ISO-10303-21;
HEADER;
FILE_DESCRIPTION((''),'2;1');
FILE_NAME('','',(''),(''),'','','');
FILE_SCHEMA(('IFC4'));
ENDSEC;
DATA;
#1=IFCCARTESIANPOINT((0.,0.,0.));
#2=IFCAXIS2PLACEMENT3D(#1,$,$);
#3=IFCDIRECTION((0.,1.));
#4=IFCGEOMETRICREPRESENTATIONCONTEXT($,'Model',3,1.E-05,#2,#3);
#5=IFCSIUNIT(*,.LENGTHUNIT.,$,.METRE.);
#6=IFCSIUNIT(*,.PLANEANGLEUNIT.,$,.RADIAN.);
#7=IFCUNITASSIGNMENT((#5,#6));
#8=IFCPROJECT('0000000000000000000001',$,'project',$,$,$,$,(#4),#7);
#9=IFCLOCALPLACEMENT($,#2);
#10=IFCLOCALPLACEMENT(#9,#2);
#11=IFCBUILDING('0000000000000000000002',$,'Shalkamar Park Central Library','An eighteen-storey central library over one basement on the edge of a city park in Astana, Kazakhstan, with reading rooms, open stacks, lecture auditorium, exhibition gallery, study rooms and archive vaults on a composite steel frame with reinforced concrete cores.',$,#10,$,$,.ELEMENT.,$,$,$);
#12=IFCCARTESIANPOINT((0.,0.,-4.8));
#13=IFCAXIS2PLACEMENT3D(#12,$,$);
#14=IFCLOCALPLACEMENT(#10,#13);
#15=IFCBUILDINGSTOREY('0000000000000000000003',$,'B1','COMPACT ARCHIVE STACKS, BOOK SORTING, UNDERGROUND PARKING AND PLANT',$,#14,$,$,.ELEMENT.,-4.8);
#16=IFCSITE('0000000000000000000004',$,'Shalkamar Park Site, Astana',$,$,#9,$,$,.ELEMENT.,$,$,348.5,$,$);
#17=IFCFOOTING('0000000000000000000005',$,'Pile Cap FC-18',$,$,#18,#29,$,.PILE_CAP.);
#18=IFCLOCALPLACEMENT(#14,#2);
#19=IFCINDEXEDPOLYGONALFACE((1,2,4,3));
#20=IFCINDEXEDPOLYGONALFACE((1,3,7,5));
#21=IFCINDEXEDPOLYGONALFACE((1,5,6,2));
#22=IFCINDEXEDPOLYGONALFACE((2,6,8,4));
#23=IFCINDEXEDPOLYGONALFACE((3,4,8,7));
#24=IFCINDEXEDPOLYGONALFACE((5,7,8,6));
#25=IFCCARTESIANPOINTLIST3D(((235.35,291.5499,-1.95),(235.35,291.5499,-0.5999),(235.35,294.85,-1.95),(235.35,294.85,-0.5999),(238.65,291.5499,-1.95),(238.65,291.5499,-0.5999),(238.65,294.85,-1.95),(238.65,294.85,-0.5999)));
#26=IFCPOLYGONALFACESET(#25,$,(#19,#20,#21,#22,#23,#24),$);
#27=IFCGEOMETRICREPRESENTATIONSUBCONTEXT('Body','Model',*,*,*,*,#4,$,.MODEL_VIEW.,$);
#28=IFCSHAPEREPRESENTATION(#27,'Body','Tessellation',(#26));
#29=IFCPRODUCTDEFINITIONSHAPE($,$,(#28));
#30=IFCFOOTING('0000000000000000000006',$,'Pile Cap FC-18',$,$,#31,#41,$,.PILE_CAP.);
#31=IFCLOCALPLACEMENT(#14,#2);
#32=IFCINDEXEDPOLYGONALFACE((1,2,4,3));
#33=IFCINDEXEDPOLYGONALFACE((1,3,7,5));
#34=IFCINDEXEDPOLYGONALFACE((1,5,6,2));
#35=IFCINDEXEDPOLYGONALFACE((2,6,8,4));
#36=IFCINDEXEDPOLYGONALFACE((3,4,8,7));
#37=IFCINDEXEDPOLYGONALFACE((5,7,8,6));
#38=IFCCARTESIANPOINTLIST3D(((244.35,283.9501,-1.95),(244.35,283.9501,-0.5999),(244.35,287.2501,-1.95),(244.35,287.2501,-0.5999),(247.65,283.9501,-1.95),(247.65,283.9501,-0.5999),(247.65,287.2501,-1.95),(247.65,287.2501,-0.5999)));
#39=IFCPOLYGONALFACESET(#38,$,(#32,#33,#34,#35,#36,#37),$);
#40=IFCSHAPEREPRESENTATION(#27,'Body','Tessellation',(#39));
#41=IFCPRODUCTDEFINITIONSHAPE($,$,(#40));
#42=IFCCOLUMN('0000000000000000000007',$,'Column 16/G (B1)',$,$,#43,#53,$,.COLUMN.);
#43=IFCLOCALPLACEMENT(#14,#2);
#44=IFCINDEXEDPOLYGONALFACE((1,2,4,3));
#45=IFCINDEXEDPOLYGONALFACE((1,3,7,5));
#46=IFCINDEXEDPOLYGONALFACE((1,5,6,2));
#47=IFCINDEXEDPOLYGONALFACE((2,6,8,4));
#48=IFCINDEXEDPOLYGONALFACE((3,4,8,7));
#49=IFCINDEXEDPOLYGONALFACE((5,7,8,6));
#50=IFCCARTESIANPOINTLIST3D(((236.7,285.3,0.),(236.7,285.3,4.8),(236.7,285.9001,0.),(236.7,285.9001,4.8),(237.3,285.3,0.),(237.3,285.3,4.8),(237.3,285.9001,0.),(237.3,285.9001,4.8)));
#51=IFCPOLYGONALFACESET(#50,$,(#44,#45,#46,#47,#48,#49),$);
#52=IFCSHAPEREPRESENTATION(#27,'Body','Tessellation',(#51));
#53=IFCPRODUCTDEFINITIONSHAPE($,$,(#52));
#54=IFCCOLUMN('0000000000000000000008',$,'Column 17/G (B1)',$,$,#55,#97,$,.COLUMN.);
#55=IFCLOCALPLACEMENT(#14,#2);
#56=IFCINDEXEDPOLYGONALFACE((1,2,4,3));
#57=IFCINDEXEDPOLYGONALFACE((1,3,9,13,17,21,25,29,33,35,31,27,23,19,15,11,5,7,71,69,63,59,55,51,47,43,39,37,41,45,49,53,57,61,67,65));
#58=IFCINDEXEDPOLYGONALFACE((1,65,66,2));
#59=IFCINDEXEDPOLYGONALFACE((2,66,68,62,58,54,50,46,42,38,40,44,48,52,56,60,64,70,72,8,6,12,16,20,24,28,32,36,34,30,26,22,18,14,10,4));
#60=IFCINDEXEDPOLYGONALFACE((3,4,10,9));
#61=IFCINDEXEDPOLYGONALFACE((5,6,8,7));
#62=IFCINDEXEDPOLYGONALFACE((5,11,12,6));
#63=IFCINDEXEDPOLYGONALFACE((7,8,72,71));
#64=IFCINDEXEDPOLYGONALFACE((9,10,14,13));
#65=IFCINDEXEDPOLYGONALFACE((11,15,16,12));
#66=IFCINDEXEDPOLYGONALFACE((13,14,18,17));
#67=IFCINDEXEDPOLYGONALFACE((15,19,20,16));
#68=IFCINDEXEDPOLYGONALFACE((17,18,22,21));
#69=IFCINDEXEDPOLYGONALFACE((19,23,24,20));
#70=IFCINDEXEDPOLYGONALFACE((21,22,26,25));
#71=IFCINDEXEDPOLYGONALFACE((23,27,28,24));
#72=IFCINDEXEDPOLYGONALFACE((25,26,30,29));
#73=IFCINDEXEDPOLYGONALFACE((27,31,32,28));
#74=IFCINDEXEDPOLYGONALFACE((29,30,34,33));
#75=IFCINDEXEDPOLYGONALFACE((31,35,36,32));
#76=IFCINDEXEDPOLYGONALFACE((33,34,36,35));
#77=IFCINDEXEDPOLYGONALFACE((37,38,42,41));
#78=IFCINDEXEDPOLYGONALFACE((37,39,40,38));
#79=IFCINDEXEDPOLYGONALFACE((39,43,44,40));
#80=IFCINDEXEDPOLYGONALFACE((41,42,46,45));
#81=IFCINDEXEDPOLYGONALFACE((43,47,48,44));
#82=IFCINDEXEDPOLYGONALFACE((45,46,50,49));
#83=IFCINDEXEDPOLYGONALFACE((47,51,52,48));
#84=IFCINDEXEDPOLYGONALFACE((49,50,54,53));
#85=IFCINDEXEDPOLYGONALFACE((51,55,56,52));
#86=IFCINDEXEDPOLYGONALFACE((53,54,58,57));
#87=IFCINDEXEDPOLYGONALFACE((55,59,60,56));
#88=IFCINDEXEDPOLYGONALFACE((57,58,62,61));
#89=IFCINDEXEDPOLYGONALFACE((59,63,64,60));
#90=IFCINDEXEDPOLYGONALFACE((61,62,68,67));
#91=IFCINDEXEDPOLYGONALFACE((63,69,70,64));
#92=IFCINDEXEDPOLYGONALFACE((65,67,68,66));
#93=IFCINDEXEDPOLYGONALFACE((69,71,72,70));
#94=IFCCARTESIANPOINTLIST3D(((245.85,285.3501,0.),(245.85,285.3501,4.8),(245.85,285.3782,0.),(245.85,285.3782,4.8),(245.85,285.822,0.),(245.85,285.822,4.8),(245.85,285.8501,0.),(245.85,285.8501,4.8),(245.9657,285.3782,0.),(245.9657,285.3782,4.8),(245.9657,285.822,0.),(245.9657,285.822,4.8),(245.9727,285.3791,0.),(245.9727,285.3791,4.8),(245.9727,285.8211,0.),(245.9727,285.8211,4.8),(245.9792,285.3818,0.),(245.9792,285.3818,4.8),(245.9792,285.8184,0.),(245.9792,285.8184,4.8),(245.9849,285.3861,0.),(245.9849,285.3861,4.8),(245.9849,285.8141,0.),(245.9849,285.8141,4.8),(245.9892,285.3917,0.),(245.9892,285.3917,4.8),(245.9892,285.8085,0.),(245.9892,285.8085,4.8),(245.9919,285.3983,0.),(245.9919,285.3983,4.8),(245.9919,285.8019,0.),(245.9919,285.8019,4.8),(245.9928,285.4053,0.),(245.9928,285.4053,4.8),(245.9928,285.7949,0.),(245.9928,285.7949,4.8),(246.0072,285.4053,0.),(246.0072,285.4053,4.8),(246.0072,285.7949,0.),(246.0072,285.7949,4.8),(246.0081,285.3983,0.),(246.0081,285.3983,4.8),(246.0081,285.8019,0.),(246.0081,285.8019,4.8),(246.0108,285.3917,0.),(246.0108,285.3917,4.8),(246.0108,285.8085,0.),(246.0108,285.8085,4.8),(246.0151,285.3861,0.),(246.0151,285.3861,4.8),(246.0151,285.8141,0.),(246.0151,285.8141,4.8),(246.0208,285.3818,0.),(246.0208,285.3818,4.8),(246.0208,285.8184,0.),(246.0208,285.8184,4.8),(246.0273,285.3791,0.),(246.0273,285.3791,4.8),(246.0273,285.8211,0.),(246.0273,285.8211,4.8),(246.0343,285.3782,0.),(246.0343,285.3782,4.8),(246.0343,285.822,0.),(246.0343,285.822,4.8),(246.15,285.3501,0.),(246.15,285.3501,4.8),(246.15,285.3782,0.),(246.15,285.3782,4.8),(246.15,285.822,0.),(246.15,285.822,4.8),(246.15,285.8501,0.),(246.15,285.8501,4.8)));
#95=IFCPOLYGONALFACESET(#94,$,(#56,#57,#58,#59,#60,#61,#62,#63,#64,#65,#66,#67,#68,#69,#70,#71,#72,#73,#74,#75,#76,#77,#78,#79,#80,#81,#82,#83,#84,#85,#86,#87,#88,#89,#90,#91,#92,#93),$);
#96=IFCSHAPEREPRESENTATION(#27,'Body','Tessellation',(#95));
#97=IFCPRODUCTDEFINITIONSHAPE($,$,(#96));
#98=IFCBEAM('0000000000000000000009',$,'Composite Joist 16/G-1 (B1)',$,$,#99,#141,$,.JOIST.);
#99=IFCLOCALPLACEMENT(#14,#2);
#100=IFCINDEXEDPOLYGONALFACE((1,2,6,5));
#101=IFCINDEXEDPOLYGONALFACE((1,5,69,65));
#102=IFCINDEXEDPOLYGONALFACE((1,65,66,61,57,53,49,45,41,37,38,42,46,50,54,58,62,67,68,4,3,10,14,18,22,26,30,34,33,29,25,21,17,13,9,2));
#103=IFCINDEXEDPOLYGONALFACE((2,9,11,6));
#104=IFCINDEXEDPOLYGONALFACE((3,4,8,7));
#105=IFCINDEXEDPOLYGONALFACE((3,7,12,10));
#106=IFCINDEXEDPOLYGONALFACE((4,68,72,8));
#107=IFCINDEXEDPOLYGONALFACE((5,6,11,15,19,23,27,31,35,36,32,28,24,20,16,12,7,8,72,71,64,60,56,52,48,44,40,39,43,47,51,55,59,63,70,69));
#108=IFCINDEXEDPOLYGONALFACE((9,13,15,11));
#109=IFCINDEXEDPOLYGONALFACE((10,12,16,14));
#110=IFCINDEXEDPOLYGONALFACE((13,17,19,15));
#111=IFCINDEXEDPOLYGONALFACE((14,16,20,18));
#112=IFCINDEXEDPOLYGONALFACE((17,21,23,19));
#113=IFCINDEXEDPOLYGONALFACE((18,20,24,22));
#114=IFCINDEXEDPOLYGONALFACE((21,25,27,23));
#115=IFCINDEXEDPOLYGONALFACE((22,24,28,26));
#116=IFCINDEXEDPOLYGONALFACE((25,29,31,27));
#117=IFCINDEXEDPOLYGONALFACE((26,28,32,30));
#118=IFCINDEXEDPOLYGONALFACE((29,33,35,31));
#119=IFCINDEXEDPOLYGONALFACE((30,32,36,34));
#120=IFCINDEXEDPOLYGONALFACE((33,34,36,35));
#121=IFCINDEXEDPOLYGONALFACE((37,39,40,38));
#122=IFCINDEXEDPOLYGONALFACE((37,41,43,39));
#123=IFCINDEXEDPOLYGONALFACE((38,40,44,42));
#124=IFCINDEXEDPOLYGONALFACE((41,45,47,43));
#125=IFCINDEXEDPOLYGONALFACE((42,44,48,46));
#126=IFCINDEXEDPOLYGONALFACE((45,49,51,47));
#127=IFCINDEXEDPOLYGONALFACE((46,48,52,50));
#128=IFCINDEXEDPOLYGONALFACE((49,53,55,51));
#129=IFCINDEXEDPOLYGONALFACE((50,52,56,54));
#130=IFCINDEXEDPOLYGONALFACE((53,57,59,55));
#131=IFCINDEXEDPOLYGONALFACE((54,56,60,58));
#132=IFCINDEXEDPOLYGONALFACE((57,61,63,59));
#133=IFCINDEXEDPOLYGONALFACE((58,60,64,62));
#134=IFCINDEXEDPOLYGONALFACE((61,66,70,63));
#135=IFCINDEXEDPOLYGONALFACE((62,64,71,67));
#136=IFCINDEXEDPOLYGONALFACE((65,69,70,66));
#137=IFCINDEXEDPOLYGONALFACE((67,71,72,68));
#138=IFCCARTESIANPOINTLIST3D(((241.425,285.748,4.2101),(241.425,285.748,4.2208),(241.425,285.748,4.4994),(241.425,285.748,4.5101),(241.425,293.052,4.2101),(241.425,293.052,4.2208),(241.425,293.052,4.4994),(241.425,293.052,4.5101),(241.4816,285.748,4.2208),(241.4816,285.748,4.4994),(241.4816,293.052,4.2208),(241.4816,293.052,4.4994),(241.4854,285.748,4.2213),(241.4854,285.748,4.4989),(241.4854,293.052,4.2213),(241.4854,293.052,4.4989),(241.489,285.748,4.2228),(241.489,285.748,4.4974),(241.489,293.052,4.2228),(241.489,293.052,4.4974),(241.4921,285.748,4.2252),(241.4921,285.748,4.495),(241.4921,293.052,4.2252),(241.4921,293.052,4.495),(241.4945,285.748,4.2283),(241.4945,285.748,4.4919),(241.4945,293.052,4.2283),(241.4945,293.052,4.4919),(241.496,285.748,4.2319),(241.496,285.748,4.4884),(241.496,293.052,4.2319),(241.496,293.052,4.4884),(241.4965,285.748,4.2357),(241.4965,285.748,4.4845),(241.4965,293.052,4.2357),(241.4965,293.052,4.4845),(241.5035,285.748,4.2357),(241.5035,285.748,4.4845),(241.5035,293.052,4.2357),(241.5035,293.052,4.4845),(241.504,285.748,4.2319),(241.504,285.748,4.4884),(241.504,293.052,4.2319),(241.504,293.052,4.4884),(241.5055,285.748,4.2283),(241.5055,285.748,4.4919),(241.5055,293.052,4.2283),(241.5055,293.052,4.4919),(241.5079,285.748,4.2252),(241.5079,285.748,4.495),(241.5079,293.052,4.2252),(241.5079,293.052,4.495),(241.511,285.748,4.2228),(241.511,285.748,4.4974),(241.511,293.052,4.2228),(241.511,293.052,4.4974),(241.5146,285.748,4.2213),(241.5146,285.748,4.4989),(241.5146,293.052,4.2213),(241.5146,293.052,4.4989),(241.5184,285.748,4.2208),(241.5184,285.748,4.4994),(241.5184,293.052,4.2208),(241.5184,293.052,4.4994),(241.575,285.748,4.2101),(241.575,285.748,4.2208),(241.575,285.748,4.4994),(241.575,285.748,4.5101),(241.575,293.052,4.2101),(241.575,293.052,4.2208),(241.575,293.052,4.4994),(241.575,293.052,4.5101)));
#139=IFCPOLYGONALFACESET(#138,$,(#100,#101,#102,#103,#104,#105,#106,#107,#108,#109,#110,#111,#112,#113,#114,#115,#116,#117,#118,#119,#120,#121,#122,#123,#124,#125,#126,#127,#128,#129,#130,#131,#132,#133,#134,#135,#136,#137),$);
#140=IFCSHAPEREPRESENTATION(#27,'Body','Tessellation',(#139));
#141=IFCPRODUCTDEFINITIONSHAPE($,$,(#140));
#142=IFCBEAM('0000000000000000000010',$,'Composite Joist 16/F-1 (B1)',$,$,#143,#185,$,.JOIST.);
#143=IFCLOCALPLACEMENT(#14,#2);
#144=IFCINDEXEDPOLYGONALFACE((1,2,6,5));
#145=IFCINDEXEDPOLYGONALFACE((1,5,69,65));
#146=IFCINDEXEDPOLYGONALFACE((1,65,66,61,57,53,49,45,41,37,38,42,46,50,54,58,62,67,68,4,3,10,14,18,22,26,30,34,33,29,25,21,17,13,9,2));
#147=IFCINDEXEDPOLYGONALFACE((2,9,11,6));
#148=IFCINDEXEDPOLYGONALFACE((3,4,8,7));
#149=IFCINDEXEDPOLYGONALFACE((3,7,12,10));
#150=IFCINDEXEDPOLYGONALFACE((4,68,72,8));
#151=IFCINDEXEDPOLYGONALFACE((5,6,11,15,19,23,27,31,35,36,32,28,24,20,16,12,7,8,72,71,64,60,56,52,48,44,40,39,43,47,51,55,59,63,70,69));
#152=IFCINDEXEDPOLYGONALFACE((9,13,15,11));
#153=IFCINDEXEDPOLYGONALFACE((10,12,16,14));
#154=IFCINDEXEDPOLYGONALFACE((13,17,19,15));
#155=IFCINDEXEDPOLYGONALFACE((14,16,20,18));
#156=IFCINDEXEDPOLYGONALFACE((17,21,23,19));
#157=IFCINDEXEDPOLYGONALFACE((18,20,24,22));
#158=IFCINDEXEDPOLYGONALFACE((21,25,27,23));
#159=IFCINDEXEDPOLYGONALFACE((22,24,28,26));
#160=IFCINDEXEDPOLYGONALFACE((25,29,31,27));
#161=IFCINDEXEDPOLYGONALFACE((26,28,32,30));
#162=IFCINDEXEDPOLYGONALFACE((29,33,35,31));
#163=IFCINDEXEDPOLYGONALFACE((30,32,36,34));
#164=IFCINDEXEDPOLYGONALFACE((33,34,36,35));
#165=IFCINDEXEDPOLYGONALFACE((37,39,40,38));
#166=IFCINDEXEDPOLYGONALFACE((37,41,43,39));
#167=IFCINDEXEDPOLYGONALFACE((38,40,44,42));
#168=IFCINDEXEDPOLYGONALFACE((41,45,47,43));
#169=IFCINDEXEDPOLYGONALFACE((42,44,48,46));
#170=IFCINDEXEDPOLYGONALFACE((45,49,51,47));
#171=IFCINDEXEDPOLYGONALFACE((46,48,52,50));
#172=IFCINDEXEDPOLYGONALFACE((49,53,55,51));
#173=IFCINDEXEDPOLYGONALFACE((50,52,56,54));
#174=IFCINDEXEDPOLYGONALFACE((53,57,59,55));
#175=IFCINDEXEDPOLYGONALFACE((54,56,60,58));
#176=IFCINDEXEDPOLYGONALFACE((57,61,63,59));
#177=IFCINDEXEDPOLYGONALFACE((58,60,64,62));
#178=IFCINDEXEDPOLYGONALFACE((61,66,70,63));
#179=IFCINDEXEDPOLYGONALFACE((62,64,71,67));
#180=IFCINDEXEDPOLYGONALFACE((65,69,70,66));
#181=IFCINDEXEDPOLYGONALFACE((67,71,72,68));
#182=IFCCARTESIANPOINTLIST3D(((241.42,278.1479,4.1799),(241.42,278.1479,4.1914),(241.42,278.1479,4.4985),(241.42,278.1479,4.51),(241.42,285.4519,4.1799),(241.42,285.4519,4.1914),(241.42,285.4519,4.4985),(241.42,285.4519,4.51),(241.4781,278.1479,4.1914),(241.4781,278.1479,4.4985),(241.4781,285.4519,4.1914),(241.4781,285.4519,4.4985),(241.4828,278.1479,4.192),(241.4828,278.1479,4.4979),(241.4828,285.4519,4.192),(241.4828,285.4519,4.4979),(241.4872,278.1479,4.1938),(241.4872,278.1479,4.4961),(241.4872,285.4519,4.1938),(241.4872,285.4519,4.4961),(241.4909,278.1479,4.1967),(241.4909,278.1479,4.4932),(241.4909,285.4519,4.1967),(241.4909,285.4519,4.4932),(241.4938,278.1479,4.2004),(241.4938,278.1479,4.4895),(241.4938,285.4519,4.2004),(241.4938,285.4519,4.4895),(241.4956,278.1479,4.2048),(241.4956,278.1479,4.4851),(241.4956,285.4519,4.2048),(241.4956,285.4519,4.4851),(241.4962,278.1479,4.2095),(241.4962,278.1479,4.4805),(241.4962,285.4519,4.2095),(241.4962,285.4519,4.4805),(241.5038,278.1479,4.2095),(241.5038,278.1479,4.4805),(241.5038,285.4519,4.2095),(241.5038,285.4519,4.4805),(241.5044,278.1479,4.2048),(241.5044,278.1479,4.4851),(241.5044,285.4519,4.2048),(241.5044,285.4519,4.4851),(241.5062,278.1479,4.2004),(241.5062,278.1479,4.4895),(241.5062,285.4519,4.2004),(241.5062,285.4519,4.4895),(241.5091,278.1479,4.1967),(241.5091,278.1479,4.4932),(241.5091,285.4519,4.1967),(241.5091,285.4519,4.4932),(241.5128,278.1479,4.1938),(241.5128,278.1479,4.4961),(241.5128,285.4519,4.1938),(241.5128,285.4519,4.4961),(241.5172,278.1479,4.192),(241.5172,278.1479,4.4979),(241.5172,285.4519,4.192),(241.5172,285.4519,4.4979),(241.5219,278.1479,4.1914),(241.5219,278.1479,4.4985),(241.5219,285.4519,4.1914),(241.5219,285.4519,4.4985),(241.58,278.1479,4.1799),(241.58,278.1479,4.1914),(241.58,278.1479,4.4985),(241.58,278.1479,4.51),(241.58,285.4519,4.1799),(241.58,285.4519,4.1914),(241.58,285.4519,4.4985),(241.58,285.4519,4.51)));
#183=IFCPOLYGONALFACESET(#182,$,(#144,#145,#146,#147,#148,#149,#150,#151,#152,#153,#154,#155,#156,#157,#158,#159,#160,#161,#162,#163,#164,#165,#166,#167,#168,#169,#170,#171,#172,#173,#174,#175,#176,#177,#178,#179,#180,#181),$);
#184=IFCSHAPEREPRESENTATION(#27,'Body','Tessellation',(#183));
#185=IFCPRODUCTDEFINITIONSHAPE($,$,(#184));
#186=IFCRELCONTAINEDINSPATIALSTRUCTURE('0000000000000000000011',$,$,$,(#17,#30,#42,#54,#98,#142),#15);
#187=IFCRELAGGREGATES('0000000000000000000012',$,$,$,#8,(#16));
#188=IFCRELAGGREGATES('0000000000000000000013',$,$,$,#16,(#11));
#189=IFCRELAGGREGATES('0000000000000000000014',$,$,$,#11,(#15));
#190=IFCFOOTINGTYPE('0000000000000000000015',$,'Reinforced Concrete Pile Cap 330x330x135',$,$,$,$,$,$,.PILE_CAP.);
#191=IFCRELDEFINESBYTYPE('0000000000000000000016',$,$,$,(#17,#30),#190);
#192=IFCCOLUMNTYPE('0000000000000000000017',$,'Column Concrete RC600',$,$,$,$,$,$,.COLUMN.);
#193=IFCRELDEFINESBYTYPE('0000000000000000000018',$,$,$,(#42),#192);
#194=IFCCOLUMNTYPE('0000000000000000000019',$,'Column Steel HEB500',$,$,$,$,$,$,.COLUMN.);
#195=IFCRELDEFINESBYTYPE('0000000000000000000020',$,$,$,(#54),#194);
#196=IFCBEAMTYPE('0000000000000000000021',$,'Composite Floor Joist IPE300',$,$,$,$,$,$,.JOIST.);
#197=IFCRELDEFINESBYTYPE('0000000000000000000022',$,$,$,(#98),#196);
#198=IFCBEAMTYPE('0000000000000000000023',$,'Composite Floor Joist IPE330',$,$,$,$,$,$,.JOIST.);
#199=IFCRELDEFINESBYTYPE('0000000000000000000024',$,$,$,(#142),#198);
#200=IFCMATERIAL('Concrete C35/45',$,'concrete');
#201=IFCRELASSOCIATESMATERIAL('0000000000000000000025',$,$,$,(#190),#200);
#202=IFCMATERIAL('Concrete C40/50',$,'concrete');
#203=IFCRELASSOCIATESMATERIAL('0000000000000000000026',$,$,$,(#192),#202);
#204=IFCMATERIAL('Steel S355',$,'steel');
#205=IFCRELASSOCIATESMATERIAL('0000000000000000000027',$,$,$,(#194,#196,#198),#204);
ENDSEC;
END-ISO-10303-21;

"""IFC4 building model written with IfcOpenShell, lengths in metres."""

from ifc_helpers import new_model, si_unit, direction, frame, origin, origin_2d, place, context, subcontext, project, spatial, rectangle, i_section, extrude, material, material_profile, profile_set, type_object, element, save


model = new_model("IFC4")

# Units and contexts
model_context = context("Model", 3, precision=1e-05, world=origin(), true_north=direction((0.0, 1.0)))
body_context = subcontext(model_context, "Body", "Model", "MODEL_VIEW")
ifc_project = project(units=[si_unit("LENGTHUNIT", "METRE"), si_unit("PLANEANGLEUNIT", "RADIAN")], contexts=[model_context])

# Site, building, storey
site_placement = place(None, origin())
site = spatial("IfcSite", under=ifc_project, at=site_placement, Name="Shalkamar Park Site, Astana", CompositionType="ELEMENT", RefElevation=348.5)
building_placement = place(site_placement, origin())
building = spatial("IfcBuilding", under=site, at=building_placement, Name="Shalkamar Park Central Library", Description="An eighteen-storey central library over one basement on the edge of a city park in Astana, Kazakhstan, with reading rooms, open stacks, lecture auditorium, exhibition gallery, study rooms and archive vaults on a composite steel frame with reinforced concrete cores.", CompositionType="ELEMENT")
storey_placement = place(building_placement, frame((0.0, 0.0, -4.8)))
storey = spatial("IfcBuildingStorey", under=building, at=storey_placement, Name="B1", Description="COMPACT ARCHIVE STACKS, BOOK SORTING, UNDERGROUND PARKING AND PLANT", CompositionType="ELEMENT", Elevation=-4.8)

# Shared definitions
ifc_material_1 = material(Name="Concrete C35/45", Category="concrete")

# Footings
footing_type_1 = type_object("IfcFootingType", Name="Reinforced Concrete Pile Cap 330x330x135", PredefinedType="PILE_CAP", material=ifc_material_1)
for number, where, z_axis, x_axis, name in (
    (1, (237.0, 293.2, -1.95), (0.0, 0.0, 1.0), (1.0, 0.0, 0.0), "Pile Cap FC-18"),
    (2, (246.0, 285.6001, -1.95), (0.0, 0.0, 1.0), (1.0, 0.0, 0.0), "Pile Cap FC-18"),
):
    element("IfcFooting", number, at=place(storey_placement, frame(where, z_axis=z_axis, x_axis=x_axis)), inside=storey, type_object=footing_type_1, Name=name, PredefinedType="PILE_CAP", context=body_context, shape_type="SweptSolid", body=[
        extrude(rectangle(XDim=3.3, YDim=3.3, at=origin_2d()), origin(), (0.0, 0.0, 1.0), 1.3501),
    ])

# Columns
ifc_material_2 = material(Name="Concrete C40/50", Category="concrete")
ifc_material_profile_1 = material_profile(ifc_material_2, rectangle(XDim=0.6001, YDim=0.6001, at=origin_2d()), Name="RC 600x600")
ifc_profile_set_1 = profile_set([ifc_material_profile_1], Name="Concrete C40/50")
column_type_1 = type_object("IfcColumnType", Name="Column Concrete RC600", PredefinedType="COLUMN", material=ifc_profile_set_1)
column_1_placement = place(storey_placement, frame((237.0, 285.6001, 0.0), z_axis=(0.0, 0.0, 1.0), x_axis=(1.0, 0.0, 0.0)))
element("IfcColumn", 3, at=column_1_placement, inside=storey, type_object=column_type_1, Name="Column 16/G (B1)", PredefinedType="COLUMN", context=body_context, shape_type="SweptSolid", body=[
    extrude(rectangle(XDim=0.6001, YDim=0.6001, at=origin_2d()), origin(), (0.0, 0.0, 1.0), 4.8),
])
ifc_material_3 = material(Name="Steel S355", Category="steel")
ifc_material_profile_2 = material_profile(ifc_material_3, i_section(OverallWidth=0.3, OverallDepth=0.5, WebThickness=0.0144, FlangeThickness=0.0281, FilletRadius=0.0271, at=origin_2d()), Name="HEB 500")
ifc_profile_set_2 = profile_set([ifc_material_profile_2], Name="Steel S355")
column_type_2 = type_object("IfcColumnType", Name="Column Steel HEB500", PredefinedType="COLUMN", material=ifc_profile_set_2)
column_2_placement = place(storey_placement, frame((246.0, 285.6001, 0.0), z_axis=(0.0, 0.0, 1.0), x_axis=(1.0, 0.0, 0.0)))
element("IfcColumn", 4, at=column_2_placement, inside=storey, type_object=column_type_2, Name="Column 17/G (B1)", PredefinedType="COLUMN", context=body_context, shape_type="SweptSolid", body=[
    extrude(i_section(OverallWidth=0.3, OverallDepth=0.5, WebThickness=0.0144, FlangeThickness=0.0281, FilletRadius=0.0271, at=origin_2d()), origin(), (0.0, 0.0, 1.0), 4.8),
])

# Beams
ifc_material_profile_3 = material_profile(ifc_material_3, i_section(OverallWidth=0.1499, OverallDepth=0.3, WebThickness=0.0071, FlangeThickness=0.0107, FilletRadius=0.0149, at=origin_2d()), Name="IPE 300")
ifc_profile_set_3 = profile_set([ifc_material_profile_3], Name="Steel S355")
beam_type_1 = type_object("IfcBeamType", Name="Composite Floor Joist IPE300", PredefinedType="JOIST", material=ifc_profile_set_3)
beam_1_placement = place(storey_placement, frame((241.5, 285.748, 4.3601), z_axis=(0.0, 1.0, 0.0), x_axis=(-1.0, 0.0, 0.0)))
element("IfcBeam", 5, at=beam_1_placement, inside=storey, type_object=beam_type_1, Name="Composite Joist 16/G-1 (B1)", PredefinedType="JOIST", context=body_context, shape_type="SweptSolid", body=[
    extrude(i_section(OverallWidth=0.1499, OverallDepth=0.3, WebThickness=0.0071, FlangeThickness=0.0107, FilletRadius=0.0149, at=origin_2d()), origin(), (0.0, 0.0, 1.0), 7.304),
])
ifc_material_profile_4 = material_profile(ifc_material_3, i_section(OverallWidth=0.1599, OverallDepth=0.3301, WebThickness=0.0076, FlangeThickness=0.0115, FilletRadius=0.0181, at=origin_2d()), Name="IPE 330")
ifc_profile_set_4 = profile_set([ifc_material_profile_4], Name="Steel S355")
beam_type_2 = type_object("IfcBeamType", Name="Composite Floor Joist IPE330", PredefinedType="JOIST", material=ifc_profile_set_4)
beam_2_placement = place(storey_placement, frame((241.5, 278.1479, 4.345), z_axis=(0.0, 1.0, 0.0), x_axis=(-1.0, 0.0, 0.0)))
element("IfcBeam", 6, at=beam_2_placement, inside=storey, type_object=beam_type_2, Name="Composite Joist 16/F-1 (B1)", PredefinedType="JOIST", context=body_context, shape_type="SweptSolid", body=[
    extrude(i_section(OverallWidth=0.1599, OverallDepth=0.3301, WebThickness=0.0076, FlangeThickness=0.0115, FilletRadius=0.0181, at=origin_2d()), origin(), (0.0, 0.0, 1.0), 7.304),
])

save(model, "model.ifc")
